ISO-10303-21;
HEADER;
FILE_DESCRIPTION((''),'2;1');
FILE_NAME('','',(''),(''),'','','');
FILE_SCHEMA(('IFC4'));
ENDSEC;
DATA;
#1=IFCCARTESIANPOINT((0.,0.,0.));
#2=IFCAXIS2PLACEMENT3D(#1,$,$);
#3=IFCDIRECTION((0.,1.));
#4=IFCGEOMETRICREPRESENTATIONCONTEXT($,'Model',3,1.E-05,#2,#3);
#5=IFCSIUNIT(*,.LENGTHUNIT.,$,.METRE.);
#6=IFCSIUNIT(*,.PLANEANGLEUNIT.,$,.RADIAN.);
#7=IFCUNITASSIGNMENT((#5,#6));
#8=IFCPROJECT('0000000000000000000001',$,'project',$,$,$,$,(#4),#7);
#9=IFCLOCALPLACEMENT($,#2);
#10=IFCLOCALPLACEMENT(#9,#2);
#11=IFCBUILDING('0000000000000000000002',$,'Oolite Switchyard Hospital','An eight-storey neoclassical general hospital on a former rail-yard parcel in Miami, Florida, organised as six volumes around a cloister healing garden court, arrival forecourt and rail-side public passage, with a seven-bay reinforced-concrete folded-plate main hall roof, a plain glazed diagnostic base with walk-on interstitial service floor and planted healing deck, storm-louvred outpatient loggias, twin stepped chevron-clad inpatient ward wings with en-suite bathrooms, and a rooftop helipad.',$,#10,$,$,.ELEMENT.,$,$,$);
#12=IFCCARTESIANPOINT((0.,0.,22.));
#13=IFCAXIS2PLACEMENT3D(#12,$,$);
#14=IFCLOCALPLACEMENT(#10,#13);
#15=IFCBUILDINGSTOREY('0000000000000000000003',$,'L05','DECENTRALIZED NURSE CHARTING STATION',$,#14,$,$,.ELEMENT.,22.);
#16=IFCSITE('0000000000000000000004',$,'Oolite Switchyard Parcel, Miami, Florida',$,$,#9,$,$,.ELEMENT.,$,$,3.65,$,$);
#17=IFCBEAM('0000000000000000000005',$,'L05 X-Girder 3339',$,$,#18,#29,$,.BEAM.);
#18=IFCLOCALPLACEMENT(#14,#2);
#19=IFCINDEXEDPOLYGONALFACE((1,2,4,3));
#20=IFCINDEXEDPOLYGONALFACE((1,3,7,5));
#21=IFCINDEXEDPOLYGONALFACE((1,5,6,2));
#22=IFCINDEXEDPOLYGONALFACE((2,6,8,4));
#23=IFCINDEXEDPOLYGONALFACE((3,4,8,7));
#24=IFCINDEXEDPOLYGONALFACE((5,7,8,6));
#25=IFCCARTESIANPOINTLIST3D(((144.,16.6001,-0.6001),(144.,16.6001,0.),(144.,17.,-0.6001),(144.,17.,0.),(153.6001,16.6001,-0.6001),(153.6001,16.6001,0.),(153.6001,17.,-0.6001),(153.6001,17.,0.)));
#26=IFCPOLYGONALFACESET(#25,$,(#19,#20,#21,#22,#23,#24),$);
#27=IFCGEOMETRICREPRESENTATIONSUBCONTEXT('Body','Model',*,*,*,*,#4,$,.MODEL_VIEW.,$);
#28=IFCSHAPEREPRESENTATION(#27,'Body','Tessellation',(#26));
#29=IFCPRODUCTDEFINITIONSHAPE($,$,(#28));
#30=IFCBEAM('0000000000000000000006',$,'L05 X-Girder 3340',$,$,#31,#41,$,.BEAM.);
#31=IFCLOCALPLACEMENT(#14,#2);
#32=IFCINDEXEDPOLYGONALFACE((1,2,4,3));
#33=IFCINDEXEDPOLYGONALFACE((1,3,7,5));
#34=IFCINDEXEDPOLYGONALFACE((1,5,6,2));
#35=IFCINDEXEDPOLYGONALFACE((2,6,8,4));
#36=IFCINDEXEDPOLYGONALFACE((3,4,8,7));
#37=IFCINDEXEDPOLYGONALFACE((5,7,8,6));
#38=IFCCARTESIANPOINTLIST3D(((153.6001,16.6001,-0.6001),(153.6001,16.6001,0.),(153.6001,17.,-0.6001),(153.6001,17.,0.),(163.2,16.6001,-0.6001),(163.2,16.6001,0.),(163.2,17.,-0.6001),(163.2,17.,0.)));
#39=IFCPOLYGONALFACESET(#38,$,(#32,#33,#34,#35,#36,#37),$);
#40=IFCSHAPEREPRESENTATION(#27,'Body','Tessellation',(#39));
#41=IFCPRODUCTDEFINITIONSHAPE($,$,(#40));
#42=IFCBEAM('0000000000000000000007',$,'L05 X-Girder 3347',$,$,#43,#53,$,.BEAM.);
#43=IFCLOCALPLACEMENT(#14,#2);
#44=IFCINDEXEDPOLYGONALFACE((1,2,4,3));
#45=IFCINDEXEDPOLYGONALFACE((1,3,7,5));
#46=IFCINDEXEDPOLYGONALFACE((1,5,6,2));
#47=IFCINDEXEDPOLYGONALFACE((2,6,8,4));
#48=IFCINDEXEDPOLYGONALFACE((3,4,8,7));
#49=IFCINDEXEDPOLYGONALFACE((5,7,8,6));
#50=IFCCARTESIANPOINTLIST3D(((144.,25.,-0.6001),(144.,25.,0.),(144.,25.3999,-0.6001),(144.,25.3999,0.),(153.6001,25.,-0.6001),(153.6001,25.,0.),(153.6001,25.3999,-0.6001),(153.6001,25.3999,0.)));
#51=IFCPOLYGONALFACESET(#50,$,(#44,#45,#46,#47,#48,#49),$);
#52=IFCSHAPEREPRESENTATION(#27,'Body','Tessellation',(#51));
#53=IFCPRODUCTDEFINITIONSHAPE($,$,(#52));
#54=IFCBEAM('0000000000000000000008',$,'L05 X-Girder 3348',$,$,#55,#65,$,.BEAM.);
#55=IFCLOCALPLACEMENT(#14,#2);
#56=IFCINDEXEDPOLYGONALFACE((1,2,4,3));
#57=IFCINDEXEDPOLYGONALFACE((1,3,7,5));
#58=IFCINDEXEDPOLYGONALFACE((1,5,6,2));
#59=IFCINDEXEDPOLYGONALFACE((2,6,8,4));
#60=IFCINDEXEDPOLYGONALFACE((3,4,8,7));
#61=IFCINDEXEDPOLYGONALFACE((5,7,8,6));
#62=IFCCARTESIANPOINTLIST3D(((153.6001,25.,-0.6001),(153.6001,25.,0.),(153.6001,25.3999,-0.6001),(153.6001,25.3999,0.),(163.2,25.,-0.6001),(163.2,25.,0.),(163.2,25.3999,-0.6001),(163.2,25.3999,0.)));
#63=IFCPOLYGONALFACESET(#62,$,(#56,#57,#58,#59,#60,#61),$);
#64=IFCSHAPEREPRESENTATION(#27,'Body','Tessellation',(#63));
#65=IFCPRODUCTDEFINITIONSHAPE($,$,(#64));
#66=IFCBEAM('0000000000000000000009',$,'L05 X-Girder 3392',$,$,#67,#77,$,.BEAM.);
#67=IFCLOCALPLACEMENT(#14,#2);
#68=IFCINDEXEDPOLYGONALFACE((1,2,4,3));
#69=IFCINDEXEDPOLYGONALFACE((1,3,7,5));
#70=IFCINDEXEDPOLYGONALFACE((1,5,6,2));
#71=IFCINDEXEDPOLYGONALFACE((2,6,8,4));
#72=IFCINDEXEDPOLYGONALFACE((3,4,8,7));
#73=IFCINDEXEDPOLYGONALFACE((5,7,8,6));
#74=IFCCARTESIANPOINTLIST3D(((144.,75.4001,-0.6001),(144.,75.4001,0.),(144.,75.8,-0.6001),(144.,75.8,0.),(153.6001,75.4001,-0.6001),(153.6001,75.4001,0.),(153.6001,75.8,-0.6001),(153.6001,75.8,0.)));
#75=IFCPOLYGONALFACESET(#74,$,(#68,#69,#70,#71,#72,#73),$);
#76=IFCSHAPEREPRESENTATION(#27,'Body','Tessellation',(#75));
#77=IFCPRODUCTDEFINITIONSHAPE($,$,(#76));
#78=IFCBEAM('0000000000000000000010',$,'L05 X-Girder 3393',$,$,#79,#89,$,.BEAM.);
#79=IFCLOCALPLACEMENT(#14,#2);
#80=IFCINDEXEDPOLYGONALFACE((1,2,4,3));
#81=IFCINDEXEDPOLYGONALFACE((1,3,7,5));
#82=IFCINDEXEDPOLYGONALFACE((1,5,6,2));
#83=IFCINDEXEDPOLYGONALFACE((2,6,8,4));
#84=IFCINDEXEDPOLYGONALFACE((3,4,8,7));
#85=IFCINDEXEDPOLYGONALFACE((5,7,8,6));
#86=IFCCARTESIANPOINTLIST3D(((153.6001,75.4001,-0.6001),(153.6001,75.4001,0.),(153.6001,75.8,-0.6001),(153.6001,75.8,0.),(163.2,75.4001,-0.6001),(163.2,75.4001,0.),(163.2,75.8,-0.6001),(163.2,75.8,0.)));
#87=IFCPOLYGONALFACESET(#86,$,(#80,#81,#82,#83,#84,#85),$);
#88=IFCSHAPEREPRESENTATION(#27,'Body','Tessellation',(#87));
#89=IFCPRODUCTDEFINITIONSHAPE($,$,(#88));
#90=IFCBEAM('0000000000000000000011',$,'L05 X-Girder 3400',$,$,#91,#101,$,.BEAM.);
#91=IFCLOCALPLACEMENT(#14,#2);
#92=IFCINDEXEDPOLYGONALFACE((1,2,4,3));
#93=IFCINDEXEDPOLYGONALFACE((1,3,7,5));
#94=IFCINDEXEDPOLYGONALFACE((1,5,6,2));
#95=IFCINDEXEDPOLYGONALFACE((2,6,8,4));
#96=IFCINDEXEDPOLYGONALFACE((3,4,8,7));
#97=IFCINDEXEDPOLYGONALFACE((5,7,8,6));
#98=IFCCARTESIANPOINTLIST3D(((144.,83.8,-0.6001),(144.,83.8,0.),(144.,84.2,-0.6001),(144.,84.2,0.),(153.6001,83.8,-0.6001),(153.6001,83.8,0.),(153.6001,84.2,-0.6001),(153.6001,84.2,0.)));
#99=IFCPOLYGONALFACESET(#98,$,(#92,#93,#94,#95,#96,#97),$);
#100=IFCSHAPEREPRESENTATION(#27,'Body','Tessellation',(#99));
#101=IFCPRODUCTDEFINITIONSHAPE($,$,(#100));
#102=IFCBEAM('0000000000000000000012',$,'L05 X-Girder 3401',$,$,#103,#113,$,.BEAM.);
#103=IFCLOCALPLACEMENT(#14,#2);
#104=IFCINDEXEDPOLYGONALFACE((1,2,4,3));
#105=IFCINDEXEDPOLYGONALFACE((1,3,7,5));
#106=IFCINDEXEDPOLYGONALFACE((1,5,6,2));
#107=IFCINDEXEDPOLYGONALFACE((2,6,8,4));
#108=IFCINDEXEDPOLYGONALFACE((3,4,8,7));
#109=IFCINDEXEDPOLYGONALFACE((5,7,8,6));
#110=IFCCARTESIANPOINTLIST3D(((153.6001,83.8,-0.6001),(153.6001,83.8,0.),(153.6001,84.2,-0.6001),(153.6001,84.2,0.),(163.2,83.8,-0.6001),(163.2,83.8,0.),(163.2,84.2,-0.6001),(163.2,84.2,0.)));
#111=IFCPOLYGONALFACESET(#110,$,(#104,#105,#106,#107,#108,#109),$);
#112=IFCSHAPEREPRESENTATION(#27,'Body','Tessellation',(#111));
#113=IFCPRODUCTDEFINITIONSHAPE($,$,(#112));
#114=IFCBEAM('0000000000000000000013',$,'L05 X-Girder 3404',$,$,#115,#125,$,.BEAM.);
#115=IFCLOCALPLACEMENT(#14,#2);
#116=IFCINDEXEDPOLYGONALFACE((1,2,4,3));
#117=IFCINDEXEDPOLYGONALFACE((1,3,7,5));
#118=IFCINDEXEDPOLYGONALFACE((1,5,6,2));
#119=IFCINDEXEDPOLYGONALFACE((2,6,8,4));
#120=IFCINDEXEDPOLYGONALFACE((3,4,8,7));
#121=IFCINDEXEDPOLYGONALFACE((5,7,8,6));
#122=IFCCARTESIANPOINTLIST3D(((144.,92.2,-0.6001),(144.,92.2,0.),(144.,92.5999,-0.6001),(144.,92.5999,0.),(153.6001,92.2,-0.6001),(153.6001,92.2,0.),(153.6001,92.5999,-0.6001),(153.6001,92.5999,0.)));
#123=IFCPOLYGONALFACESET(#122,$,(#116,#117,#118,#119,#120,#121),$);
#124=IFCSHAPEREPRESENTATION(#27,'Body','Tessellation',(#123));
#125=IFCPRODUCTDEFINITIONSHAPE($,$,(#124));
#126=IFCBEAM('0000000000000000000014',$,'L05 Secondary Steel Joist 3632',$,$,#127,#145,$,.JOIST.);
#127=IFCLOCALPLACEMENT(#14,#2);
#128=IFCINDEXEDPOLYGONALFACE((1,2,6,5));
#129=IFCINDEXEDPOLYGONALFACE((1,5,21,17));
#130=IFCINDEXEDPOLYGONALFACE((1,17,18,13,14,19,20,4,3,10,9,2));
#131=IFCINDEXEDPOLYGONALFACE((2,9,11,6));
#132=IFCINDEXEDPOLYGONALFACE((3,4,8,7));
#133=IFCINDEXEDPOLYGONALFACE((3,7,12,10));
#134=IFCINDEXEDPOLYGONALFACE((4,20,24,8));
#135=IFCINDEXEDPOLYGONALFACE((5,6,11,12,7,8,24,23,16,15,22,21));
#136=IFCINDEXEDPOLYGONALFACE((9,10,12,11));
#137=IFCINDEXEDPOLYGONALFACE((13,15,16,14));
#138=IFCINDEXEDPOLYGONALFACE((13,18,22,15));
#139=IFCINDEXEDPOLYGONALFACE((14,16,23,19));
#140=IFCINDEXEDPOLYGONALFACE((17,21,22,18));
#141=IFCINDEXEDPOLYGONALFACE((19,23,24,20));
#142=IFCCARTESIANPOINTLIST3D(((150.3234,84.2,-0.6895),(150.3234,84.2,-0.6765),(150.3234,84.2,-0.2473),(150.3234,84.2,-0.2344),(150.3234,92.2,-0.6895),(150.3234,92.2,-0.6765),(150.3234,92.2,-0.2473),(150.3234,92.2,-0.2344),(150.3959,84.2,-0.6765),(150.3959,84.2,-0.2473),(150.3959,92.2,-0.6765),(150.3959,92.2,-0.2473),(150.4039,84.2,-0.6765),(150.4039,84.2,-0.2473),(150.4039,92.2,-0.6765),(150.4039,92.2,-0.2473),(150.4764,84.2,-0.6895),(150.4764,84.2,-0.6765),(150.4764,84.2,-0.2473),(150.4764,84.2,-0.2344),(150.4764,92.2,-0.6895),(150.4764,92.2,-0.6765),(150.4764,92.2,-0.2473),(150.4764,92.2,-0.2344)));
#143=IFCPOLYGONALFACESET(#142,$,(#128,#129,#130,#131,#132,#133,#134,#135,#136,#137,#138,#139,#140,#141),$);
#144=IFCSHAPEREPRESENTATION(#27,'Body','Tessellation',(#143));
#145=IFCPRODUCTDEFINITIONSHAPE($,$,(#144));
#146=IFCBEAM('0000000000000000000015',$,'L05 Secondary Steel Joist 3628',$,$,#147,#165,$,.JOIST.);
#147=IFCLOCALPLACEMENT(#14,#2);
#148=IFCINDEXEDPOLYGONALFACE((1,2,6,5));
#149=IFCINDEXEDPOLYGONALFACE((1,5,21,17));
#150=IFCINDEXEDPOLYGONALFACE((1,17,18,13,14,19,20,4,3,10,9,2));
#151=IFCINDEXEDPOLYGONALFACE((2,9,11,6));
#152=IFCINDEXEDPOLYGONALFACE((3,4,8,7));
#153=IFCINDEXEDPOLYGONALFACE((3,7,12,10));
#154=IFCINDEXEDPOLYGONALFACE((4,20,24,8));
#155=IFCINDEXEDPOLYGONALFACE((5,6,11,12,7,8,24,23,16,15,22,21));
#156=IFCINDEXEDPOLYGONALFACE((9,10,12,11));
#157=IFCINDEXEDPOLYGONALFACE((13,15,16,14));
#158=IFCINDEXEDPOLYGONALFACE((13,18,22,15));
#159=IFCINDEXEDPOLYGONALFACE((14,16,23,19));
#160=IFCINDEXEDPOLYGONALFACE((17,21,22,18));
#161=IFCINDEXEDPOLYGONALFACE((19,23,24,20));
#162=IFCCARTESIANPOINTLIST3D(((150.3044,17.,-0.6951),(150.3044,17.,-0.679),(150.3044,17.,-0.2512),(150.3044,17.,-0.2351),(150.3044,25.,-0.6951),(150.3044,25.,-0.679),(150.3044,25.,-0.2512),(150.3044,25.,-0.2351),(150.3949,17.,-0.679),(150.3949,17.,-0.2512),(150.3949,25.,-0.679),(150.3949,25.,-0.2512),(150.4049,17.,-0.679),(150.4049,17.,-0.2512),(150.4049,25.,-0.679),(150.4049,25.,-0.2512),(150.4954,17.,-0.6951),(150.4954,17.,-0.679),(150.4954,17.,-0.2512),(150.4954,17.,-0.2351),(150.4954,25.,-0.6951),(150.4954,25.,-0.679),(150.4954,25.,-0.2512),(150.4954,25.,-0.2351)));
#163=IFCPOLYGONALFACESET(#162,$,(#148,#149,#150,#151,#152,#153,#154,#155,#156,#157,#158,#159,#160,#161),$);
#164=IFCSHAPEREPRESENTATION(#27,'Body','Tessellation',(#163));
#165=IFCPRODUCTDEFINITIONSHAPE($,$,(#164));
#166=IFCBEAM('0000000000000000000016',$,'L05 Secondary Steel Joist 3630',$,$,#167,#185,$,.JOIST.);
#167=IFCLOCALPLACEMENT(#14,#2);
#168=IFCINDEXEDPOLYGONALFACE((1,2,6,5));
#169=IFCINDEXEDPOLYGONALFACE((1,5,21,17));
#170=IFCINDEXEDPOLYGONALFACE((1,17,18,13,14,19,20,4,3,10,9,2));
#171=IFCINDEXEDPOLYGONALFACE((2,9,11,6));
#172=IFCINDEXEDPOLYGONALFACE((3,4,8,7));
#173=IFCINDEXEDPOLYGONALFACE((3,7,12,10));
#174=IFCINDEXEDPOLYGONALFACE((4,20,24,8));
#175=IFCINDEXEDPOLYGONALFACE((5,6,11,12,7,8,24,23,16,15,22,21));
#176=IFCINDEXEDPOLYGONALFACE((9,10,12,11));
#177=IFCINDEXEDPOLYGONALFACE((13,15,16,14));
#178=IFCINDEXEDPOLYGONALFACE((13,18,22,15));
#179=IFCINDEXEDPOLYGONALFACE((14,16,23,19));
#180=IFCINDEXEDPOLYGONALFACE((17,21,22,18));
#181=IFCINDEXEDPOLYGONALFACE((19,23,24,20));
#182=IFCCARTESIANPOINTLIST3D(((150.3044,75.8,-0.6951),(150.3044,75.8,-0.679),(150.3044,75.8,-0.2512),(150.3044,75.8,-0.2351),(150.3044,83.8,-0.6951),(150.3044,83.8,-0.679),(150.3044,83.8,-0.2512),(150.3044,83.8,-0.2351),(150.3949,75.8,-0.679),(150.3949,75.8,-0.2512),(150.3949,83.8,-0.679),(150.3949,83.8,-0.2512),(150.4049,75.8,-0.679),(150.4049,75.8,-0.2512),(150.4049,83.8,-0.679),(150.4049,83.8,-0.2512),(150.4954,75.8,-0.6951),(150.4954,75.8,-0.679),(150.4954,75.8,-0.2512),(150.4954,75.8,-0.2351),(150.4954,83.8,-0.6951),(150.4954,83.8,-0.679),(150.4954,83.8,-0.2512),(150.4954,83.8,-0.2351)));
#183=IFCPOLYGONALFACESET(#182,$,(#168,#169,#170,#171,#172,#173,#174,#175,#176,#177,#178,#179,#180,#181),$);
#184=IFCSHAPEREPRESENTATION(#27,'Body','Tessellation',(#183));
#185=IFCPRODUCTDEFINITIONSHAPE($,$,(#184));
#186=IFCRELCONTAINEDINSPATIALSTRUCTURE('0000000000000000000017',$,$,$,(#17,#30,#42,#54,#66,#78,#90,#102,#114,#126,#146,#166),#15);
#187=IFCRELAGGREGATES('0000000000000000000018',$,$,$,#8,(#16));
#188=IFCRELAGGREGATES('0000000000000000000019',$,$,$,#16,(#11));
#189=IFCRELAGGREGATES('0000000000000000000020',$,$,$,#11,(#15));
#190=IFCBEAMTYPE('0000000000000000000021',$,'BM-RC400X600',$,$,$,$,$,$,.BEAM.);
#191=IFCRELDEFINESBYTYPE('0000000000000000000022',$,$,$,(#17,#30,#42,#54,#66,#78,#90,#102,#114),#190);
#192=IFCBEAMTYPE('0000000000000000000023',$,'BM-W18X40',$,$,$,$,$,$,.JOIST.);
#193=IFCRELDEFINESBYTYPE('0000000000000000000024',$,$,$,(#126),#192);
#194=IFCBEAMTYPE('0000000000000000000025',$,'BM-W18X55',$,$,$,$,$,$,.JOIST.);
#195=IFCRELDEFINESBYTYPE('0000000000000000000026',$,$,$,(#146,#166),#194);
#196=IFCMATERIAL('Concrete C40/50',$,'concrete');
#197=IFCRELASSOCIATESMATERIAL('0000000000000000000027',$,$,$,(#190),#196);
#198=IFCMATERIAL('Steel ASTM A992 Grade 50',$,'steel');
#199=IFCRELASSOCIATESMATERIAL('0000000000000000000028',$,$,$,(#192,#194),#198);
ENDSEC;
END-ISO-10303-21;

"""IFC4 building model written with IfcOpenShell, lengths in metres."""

from ifc_helpers import new_model, si_unit, direction, frame, origin, origin_2d, place, context, subcontext, project, spatial, rectangle, i_section, extrude, material, material_profile, profile_set, type_object, element, save


model = new_model("IFC4")

# Units and contexts
model_context = context("Model", 3, precision=1e-05, world=origin(), true_north=direction((0.0, 1.0)))
body_context = subcontext(model_context, "Body", "Model", "MODEL_VIEW")
ifc_project = project(units=[si_unit("LENGTHUNIT", "METRE"), si_unit("PLANEANGLEUNIT", "RADIAN")], contexts=[model_context])

# Site, building, storey
site_placement = place(None, origin())
site = spatial("IfcSite", under=ifc_project, at=site_placement, Name="Oolite Switchyard Parcel, Miami, Florida", CompositionType="ELEMENT", RefElevation=3.65)
building_placement = place(site_placement, origin())
building = spatial("IfcBuilding", under=site, at=building_placement, Name="Oolite Switchyard Hospital", Description="An eight-storey neoclassical general hospital on a former rail-yard parcel in Miami, Florida, organised as six volumes around a cloister healing garden court, arrival forecourt and rail-side public passage, with a seven-bay reinforced-concrete folded-plate main hall roof, a plain glazed diagnostic base with walk-on interstitial service floor and planted healing deck, storm-louvred outpatient loggias, twin stepped chevron-clad inpatient ward wings with en-suite bathrooms, and a rooftop helipad.", CompositionType="ELEMENT")
storey_placement = place(building_placement, frame((0.0, 0.0, 22.0)))
storey = spatial("IfcBuildingStorey", under=building, at=storey_placement, Name="L05", Description="DECENTRALIZED NURSE CHARTING STATION", CompositionType="ELEMENT", Elevation=22.0)

# Beams
ifc_material_1 = material(Name="Concrete C40/50", Category="concrete")
ifc_material_profile_1 = material_profile(ifc_material_1, rectangle(XDim=0.3999, YDim=0.6001, at=origin_2d()), Name="RCB400X600")
ifc_profile_set_1 = profile_set([ifc_material_profile_1], Name="Concrete C40/50")
beam_type_1 = type_object("IfcBeamType", Name="BM-RC400X600", PredefinedType="BEAM", material=ifc_profile_set_1)
beam_1_placement = place(storey_placement, frame((144.0, 16.8, -0.3), z_axis=(1.0, 0.0, 0.0), x_axis=(0.0, 1.0, 0.0)))
element("IfcBeam", 1, at=beam_1_placement, inside=storey, type_object=beam_type_1, Name="L05 X-Girder 3339", PredefinedType="BEAM", context=body_context, shape_type="SweptSolid", body=[
    extrude(rectangle(XDim=0.3999, YDim=0.6001, at=origin_2d()), origin(), (0.0, 0.0, 1.0), 9.6001),
])
beam_2_placement = place(storey_placement, frame((153.6001, 16.8, -0.3), z_axis=(1.0, 0.0, 0.0), x_axis=(0.0, 1.0, 0.0)))
element("IfcBeam", 2, at=beam_2_placement, inside=storey, type_object=beam_type_1, Name="L05 X-Girder 3340", PredefinedType="BEAM", context=body_context, shape_type="SweptSolid", body=[
    extrude(rectangle(XDim=0.3999, YDim=0.6001, at=origin_2d()), origin(), (0.0, 0.0, 1.0), 9.5999),
])
beam_3_placement = place(storey_placement, frame((144.0, 25.2, -0.3), z_axis=(1.0, 0.0, 0.0), x_axis=(0.0, 1.0, 0.0)))
element("IfcBeam", 3, at=beam_3_placement, inside=storey, type_object=beam_type_1, Name="L05 X-Girder 3347", PredefinedType="BEAM", context=body_context, shape_type="SweptSolid", body=[
    extrude(rectangle(XDim=0.3999, YDim=0.6001, at=origin_2d()), origin(), (0.0, 0.0, 1.0), 9.6001),
])
beam_4_placement = place(storey_placement, frame((153.6001, 25.2, -0.3), z_axis=(1.0, 0.0, 0.0), x_axis=(0.0, 1.0, 0.0)))
element("IfcBeam", 4, at=beam_4_placement, inside=storey, type_object=beam_type_1, Name="L05 X-Girder 3348", PredefinedType="BEAM", context=body_context, shape_type="SweptSolid", body=[
    extrude(rectangle(XDim=0.3999, YDim=0.6001, at=origin_2d()), origin(), (0.0, 0.0, 1.0), 9.5999),
])
beam_5_placement = place(storey_placement, frame((144.0, 75.6001, -0.3), z_axis=(1.0, 0.0, 0.0), x_axis=(0.0, 1.0, 0.0)))
element("IfcBeam", 5, at=beam_5_placement, inside=storey, type_object=beam_type_1, Name="L05 X-Girder 3392", PredefinedType="BEAM", context=body_context, shape_type="SweptSolid", body=[
    extrude(rectangle(XDim=0.3999, YDim=0.6001, at=origin_2d()), origin(), (0.0, 0.0, 1.0), 9.6001),
])
beam_6_placement = place(storey_placement, frame((153.6001, 75.6001, -0.3), z_axis=(1.0, 0.0, 0.0), x_axis=(0.0, 1.0, 0.0)))
element("IfcBeam", 6, at=beam_6_placement, inside=storey, type_object=beam_type_1, Name="L05 X-Girder 3393", PredefinedType="BEAM", context=body_context, shape_type="SweptSolid", body=[
    extrude(rectangle(XDim=0.3999, YDim=0.6001, at=origin_2d()), origin(), (0.0, 0.0, 1.0), 9.5999),
])
beam_7_placement = place(storey_placement, frame((144.0, 84.0, -0.3), z_axis=(1.0, 0.0, 0.0), x_axis=(0.0, 1.0, 0.0)))
element("IfcBeam", 7, at=beam_7_placement, inside=storey, type_object=beam_type_1, Name="L05 X-Girder 3400", PredefinedType="BEAM", context=body_context, shape_type="SweptSolid", body=[
    extrude(rectangle(XDim=0.3999, YDim=0.6001, at=origin_2d()), origin(), (0.0, 0.0, 1.0), 9.6001),
])
beam_8_placement = place(storey_placement, frame((153.6001, 84.0, -0.3), z_axis=(1.0, 0.0, 0.0), x_axis=(0.0, 1.0, 0.0)))
element("IfcBeam", 8, at=beam_8_placement, inside=storey, type_object=beam_type_1, Name="L05 X-Girder 3401", PredefinedType="BEAM", context=body_context, shape_type="SweptSolid", body=[
    extrude(rectangle(XDim=0.3999, YDim=0.6001, at=origin_2d()), origin(), (0.0, 0.0, 1.0), 9.5999),
])
beam_9_placement = place(storey_placement, frame((144.0, 92.3999, -0.3), z_axis=(1.0, 0.0, 0.0), x_axis=(0.0, 1.0, 0.0)))
element("IfcBeam", 9, at=beam_9_placement, inside=storey, type_object=beam_type_1, Name="L05 X-Girder 3404", PredefinedType="BEAM", context=body_context, shape_type="SweptSolid", body=[
    extrude(rectangle(XDim=0.3999, YDim=0.6001, at=origin_2d()), origin(), (0.0, 0.0, 1.0), 9.6001),
])
ifc_material_2 = material(Name="Steel ASTM A992 Grade 50", Category="steel")
ifc_material_profile_2 = material_profile(ifc_material_2, i_section(OverallWidth=0.1531, OverallDepth=0.4551, WebThickness=0.0081, FlangeThickness=0.0129, at=origin_2d()), Name="W18X40")
ifc_profile_set_2 = profile_set([ifc_material_profile_2], Name="Steel ASTM A992 Grade 50")
beam_type_2 = type_object("IfcBeamType", Name="BM-W18X40", PredefinedType="JOIST", material=ifc_profile_set_2)
beam_10_placement = place(storey_placement, frame((150.3999, 84.2, -0.4619), z_axis=(0.0, 1.0, 0.0), x_axis=(-1.0, 0.0, 0.0)))
element("IfcBeam", 10, at=beam_10_placement, inside=storey, type_object=beam_type_2, Name="L05 Secondary Steel Joist 3632", PredefinedType="JOIST", context=body_context, shape_type="SweptSolid", body=[
    extrude(i_section(OverallWidth=0.1531, OverallDepth=0.4551, WebThickness=0.0081, FlangeThickness=0.0129, at=origin_2d()), origin(), (0.0, 0.0, 1.0), 8.0),
])
ifc_material_profile_3 = material_profile(ifc_material_2, i_section(OverallWidth=0.1909, OverallDepth=0.46, WebThickness=0.01, FlangeThickness=0.0161, at=origin_2d()), Name="W18X55")
ifc_profile_set_3 = profile_set([ifc_material_profile_3], Name="Steel ASTM A992 Grade 50")
beam_type_3 = type_object("IfcBeamType", Name="BM-W18X55", PredefinedType="JOIST", material=ifc_profile_set_3)
for number, where, z_axis, x_axis, name in (
    (11, (150.3999, 17.0, -0.4651), (0.0, 1.0, 0.0), (-1.0, 0.0, 0.0), "L05 Secondary Steel Joist 3628"),
    (12, (150.3999, 75.8, -0.4651), (0.0, 1.0, 0.0), (-1.0, 0.0, 0.0), "L05 Secondary Steel Joist 3630"),
):
    element("IfcBeam", number, at=place(storey_placement, frame(where, z_axis=z_axis, x_axis=x_axis)), inside=storey, type_object=beam_type_3, Name=name, PredefinedType="JOIST", context=body_context, shape_type="SweptSolid", body=[
        extrude(i_section(OverallWidth=0.1909, OverallDepth=0.46, WebThickness=0.01, FlangeThickness=0.0161, at=origin_2d()), origin(), (0.0, 0.0, 1.0), 8.0),
    ])

save(model, "model.ifc")
